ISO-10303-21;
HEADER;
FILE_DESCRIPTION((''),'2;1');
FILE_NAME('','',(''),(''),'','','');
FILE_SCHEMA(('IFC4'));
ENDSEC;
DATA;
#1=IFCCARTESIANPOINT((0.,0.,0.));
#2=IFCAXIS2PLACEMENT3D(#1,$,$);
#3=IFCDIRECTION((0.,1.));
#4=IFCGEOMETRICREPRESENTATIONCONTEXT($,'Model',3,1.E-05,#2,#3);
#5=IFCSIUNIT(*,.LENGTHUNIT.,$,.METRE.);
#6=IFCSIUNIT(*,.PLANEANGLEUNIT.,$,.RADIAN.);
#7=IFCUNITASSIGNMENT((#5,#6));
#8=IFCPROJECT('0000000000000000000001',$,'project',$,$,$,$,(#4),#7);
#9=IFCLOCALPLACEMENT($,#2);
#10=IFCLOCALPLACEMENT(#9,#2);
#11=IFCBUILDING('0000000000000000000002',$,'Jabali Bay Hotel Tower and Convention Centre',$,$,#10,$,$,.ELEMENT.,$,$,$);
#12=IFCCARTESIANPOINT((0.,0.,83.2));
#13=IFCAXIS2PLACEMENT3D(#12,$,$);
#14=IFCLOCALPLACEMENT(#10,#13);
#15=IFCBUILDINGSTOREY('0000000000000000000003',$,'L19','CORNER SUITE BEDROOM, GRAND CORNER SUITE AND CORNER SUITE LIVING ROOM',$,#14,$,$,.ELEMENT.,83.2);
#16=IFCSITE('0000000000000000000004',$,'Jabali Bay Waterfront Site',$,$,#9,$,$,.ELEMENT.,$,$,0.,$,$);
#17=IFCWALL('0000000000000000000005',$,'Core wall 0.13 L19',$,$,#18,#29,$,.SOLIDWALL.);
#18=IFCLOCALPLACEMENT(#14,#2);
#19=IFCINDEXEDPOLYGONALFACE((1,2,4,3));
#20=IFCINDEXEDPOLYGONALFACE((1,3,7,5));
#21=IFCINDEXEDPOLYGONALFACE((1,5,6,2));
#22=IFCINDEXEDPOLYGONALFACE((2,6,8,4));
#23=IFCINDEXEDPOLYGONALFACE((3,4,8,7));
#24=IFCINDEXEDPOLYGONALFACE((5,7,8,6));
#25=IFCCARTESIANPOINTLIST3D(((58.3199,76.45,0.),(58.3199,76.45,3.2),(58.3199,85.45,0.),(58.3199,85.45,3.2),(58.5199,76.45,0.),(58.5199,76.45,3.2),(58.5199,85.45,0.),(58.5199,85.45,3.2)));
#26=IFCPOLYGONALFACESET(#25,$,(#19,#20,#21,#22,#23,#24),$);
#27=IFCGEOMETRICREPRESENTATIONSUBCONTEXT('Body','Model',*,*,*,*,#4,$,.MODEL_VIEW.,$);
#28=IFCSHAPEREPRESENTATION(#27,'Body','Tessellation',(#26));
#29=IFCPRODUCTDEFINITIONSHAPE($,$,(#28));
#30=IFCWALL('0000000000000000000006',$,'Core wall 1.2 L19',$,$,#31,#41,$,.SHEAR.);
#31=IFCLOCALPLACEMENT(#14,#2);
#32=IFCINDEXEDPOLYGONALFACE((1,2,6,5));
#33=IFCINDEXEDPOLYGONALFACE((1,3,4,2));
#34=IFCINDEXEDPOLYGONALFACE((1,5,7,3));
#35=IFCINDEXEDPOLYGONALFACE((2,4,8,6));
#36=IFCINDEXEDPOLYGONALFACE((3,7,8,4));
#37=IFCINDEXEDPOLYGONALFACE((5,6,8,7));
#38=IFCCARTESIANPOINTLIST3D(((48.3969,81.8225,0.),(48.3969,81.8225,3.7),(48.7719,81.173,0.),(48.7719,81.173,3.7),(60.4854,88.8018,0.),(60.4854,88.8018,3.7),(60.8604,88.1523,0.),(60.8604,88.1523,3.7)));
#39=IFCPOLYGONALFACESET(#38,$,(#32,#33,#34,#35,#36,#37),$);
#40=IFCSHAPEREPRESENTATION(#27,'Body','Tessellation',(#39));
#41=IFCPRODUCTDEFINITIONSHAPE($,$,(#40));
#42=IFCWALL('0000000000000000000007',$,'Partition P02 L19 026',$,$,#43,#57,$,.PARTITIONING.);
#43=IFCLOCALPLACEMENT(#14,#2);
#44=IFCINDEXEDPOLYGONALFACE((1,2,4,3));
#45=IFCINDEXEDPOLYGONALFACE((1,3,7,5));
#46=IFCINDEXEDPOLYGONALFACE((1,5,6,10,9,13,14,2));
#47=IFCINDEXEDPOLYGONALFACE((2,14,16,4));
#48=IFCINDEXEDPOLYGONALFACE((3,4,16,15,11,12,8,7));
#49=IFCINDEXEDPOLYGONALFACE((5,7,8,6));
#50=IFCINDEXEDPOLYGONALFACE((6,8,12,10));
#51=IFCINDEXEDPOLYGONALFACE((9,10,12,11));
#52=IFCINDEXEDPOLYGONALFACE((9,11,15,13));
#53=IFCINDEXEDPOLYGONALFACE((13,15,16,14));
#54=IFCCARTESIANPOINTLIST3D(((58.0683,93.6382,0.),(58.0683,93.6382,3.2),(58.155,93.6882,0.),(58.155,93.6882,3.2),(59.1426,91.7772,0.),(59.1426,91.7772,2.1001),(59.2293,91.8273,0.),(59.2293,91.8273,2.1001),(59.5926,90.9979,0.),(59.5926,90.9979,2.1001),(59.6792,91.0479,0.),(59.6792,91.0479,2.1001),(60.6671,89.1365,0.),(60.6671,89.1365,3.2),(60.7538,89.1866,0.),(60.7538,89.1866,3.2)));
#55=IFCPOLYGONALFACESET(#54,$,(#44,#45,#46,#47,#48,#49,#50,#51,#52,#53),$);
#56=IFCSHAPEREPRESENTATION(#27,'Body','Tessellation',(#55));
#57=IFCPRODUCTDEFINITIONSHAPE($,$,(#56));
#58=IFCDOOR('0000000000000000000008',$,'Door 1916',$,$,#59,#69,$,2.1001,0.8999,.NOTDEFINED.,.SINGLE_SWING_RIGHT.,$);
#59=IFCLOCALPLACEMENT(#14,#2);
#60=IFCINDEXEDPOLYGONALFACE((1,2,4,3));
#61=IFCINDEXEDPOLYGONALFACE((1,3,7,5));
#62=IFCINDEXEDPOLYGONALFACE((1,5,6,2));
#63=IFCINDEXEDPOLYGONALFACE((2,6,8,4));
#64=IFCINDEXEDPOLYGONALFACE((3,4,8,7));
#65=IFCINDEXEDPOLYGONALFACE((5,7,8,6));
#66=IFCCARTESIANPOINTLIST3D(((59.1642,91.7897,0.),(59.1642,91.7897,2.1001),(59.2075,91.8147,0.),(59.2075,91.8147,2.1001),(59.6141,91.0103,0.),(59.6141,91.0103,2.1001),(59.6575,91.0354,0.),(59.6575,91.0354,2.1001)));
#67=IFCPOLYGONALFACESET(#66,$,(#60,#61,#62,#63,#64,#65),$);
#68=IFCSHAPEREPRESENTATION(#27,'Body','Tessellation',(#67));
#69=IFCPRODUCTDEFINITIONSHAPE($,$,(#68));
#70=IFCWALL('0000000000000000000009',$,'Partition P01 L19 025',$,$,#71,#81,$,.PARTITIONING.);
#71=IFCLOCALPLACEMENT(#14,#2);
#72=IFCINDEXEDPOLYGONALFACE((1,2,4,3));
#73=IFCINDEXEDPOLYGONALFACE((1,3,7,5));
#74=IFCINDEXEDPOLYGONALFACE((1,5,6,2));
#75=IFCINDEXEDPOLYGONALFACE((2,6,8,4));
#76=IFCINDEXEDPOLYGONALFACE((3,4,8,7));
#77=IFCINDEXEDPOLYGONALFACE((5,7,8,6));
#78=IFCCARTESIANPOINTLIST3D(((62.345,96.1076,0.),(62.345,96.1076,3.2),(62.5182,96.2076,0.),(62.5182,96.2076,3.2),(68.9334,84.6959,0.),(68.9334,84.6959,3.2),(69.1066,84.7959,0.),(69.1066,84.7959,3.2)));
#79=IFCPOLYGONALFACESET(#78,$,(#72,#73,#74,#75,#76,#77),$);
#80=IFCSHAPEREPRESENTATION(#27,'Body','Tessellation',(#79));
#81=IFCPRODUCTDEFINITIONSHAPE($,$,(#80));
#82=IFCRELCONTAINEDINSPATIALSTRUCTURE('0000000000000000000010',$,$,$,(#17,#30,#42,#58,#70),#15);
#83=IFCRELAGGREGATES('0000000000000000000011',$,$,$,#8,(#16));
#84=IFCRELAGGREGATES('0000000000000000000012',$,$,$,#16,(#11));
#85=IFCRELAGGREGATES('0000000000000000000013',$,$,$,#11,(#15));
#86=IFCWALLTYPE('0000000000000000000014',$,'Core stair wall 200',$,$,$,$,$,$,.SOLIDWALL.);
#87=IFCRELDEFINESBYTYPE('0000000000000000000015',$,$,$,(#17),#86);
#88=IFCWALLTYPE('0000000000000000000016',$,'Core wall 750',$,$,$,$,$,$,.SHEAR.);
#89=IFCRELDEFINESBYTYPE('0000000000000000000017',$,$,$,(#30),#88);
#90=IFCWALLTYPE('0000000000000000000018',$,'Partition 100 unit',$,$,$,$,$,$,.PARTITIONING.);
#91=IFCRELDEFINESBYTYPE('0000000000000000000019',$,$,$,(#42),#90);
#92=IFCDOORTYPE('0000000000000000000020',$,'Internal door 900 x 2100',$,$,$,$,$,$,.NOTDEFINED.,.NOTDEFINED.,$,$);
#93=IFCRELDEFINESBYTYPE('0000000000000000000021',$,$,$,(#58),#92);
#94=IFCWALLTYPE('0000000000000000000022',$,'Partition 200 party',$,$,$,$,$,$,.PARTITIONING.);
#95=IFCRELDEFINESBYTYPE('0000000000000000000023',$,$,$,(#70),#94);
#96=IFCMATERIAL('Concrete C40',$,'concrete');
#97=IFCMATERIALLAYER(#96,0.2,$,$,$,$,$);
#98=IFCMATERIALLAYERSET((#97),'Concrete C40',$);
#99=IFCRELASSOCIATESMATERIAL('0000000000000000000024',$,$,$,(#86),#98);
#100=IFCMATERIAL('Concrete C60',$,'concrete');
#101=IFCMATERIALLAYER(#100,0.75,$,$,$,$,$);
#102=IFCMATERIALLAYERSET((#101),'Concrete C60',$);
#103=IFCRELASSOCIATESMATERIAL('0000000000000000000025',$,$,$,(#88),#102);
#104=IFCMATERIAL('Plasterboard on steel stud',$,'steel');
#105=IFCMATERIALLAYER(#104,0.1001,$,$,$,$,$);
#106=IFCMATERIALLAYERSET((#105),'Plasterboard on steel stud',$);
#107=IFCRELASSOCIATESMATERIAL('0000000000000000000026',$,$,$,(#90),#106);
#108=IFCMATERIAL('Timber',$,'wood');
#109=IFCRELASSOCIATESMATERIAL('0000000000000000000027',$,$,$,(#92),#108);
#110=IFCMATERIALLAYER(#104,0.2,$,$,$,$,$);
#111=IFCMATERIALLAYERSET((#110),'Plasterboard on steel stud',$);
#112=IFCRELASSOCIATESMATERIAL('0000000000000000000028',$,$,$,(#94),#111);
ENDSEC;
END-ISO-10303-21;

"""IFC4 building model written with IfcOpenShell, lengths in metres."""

from ifc_helpers import new_model, si_unit, direction, frame, frame_2d, origin, place, context, subcontext, project, spatial, rectangle, extrude, material, layer, layer_set, type_object, element, fill, save


model = new_model("IFC4")

# Units and contexts
model_context = context("Model", 3, precision=1e-05, world=origin(), true_north=direction((0.0, 1.0)))
body_context = subcontext(model_context, "Body", "Model", "MODEL_VIEW")
ifc_project = project(units=[si_unit("LENGTHUNIT", "METRE"), si_unit("PLANEANGLEUNIT", "RADIAN")], contexts=[model_context])

# Site, building, storey
site_placement = place(None, origin())
site = spatial("IfcSite", under=ifc_project, at=site_placement, Name="Jabali Bay Waterfront Site", CompositionType="ELEMENT", RefElevation=0.0)
building_placement = place(site_placement, origin())
building = spatial("IfcBuilding", under=site, at=building_placement, Name="Jabali Bay Hotel Tower and Convention Centre", CompositionType="ELEMENT")
storey_placement = place(building_placement, frame((0.0, 0.0, 83.2)))
storey = spatial("IfcBuildingStorey", under=building, at=storey_placement, Name="L19", Description="CORNER SUITE BEDROOM, GRAND CORNER SUITE AND CORNER SUITE LIVING ROOM", CompositionType="ELEMENT", Elevation=83.2)

# Shared definitions
ifc_material_1 = material(Name="Concrete C40", Category="concrete")

# Shared definitions
ifc_layer_1 = layer(ifc_material_1, 0.2)
ifc_layer_set_1 = layer_set([ifc_layer_1], Name="Concrete C40")
wall_type_1 = type_object("IfcWallType", Name="Core stair wall 200", PredefinedType="SOLIDWALL", material=ifc_layer_set_1)

# Walls
wall_1_placement = place(storey_placement, frame((58.4199, 85.45, 0.0), z_axis=(0.0, 0.0, 1.0), x_axis=(0.0, -1.0, 0.0)))
element("IfcWall", 1, at=wall_1_placement, inside=storey, type_object=wall_type_1, Name="Core wall 0.13 L19", PredefinedType="SOLIDWALL", context=body_context, shape_type="SweptSolid", body=[
    extrude(rectangle(XDim=9.0, YDim=0.2, at=frame_2d((4.5, 0.0))), origin(), (0.0, 0.0, 1.0), 3.2),
])
ifc_material_2 = material(Name="Concrete C60", Category="concrete")
ifc_layer_2 = layer(ifc_material_2, 0.75)
ifc_layer_set_2 = layer_set([ifc_layer_2], Name="Concrete C60")
wall_type_2 = type_object("IfcWallType", Name="Core wall 750", PredefinedType="SHEAR", material=ifc_layer_set_2)
wall_2_placement = place(storey_placement, frame((60.6729, 88.4771, 0.0), z_axis=(0.0, 0.0, 1.0), x_axis=(-0.866025, -0.500001, 0.0)))
element("IfcWall", 2, at=wall_2_placement, inside=storey, type_object=wall_type_2, Name="Core wall 1.2 L19", PredefinedType="SHEAR", context=body_context, shape_type="SweptSolid", body=[
    extrude(rectangle(XDim=13.9585, YDim=0.75, at=frame_2d((6.9792, 0.0))), origin(), (0.0, 0.0, 1.0), 3.7),
])

# Wall, opening, door
ifc_material_3 = material(Name="Plasterboard on steel stud", Category="steel")
ifc_layer_3 = layer(ifc_material_3, 0.1001)
ifc_layer_set_3 = layer_set([ifc_layer_3], Name="Plasterboard on steel stud")
wall_type_3 = type_object("IfcWallType", Name="Partition 100 unit", PredefinedType="PARTITIONING", material=ifc_layer_set_3)
wall_3_placement = place(storey_placement, frame((58.1116, 93.6633, 0.0), z_axis=(0.0, 0.0, 1.0), x_axis=(0.499973, -0.866041, 0.0)))
wall_3 = element("IfcWall", 3, at=wall_3_placement, inside=storey, type_object=wall_type_3, Name="Partition P02 L19 026", PredefinedType="PARTITIONING", context=body_context, shape_type="SweptSolid", body=[
    extrude(rectangle(XDim=5.198, YDim=0.1001, at=frame_2d((2.5991, 0.0))), origin(), (0.0, 0.0, 1.0), 3.2),
])
opening_1_placement = place(wall_3_placement, frame((2.1489, 0.0, 0.0)))
opening_1 = element("IfcOpeningElement", 4, at=opening_1_placement, cuts=wall_3, PredefinedType="OPENING", context=body_context, shape_type="SweptSolid", body=[
    extrude(rectangle(XDim=0.8999, YDim=2.1001, at=frame_2d((0.45, 1.05))), frame((0.0, 0.0605, 0.0), z_axis=(0.0, -1.0, 0.0), x_axis=(1.0, 0.0, 0.0)), (0.0, 0.0, 1.0), 0.1211),
])
ifc_material_4 = material(Name="Timber", Category="wood")
door_type_1 = type_object("IfcDoorType", Name="Internal door 900 x 2100", OperationType="NOTDEFINED", PredefinedType="NOTDEFINED", material=ifc_material_4)
door_1_placement = place(opening_1_placement, origin())
door_1 = element("IfcDoor", 5, at=door_1_placement, inside=storey, type_object=door_type_1, Name="Door 1916", OperationType="SINGLE_SWING_RIGHT", OverallHeight=2.1001, OverallWidth=0.8999, PredefinedType="NOTDEFINED", context=body_context, shape_type="SweptSolid", body=[
    extrude(rectangle(XDim=0.8999, YDim=2.1001, at=frame_2d((0.45, 1.05))), frame((0.0, 0.0249, 0.0), z_axis=(0.0, -1.0, 0.0), x_axis=(1.0, 0.0, 0.0)), (0.0, 0.0, 1.0), 0.05),
])
fill(opening_1, door_1)

# Wall
ifc_layer_4 = layer(ifc_material_3, 0.2)
ifc_layer_set_4 = layer_set([ifc_layer_4], Name="Plasterboard on steel stud")
wall_type_4 = type_object("IfcWallType", Name="Partition 200 party", PredefinedType="PARTITIONING", material=ifc_layer_set_4)
wall_4_placement = place(storey_placement, frame((62.4316, 96.1575, 0.0), z_axis=(0.0, 0.0, 1.0), x_axis=(0.499993, -0.866029, 0.0)))
element("IfcWall", 6, at=wall_4_placement, inside=storey, type_object=wall_type_4, Name="Partition P01 L19 025", PredefinedType="PARTITIONING", context=body_context, shape_type="SweptSolid", body=[
    extrude(rectangle(XDim=13.177, YDim=0.2, at=frame_2d((6.5884, 0.0))), origin(), (0.0, 0.0, 1.0), 3.2),
])

save(model, "model.ifc")
